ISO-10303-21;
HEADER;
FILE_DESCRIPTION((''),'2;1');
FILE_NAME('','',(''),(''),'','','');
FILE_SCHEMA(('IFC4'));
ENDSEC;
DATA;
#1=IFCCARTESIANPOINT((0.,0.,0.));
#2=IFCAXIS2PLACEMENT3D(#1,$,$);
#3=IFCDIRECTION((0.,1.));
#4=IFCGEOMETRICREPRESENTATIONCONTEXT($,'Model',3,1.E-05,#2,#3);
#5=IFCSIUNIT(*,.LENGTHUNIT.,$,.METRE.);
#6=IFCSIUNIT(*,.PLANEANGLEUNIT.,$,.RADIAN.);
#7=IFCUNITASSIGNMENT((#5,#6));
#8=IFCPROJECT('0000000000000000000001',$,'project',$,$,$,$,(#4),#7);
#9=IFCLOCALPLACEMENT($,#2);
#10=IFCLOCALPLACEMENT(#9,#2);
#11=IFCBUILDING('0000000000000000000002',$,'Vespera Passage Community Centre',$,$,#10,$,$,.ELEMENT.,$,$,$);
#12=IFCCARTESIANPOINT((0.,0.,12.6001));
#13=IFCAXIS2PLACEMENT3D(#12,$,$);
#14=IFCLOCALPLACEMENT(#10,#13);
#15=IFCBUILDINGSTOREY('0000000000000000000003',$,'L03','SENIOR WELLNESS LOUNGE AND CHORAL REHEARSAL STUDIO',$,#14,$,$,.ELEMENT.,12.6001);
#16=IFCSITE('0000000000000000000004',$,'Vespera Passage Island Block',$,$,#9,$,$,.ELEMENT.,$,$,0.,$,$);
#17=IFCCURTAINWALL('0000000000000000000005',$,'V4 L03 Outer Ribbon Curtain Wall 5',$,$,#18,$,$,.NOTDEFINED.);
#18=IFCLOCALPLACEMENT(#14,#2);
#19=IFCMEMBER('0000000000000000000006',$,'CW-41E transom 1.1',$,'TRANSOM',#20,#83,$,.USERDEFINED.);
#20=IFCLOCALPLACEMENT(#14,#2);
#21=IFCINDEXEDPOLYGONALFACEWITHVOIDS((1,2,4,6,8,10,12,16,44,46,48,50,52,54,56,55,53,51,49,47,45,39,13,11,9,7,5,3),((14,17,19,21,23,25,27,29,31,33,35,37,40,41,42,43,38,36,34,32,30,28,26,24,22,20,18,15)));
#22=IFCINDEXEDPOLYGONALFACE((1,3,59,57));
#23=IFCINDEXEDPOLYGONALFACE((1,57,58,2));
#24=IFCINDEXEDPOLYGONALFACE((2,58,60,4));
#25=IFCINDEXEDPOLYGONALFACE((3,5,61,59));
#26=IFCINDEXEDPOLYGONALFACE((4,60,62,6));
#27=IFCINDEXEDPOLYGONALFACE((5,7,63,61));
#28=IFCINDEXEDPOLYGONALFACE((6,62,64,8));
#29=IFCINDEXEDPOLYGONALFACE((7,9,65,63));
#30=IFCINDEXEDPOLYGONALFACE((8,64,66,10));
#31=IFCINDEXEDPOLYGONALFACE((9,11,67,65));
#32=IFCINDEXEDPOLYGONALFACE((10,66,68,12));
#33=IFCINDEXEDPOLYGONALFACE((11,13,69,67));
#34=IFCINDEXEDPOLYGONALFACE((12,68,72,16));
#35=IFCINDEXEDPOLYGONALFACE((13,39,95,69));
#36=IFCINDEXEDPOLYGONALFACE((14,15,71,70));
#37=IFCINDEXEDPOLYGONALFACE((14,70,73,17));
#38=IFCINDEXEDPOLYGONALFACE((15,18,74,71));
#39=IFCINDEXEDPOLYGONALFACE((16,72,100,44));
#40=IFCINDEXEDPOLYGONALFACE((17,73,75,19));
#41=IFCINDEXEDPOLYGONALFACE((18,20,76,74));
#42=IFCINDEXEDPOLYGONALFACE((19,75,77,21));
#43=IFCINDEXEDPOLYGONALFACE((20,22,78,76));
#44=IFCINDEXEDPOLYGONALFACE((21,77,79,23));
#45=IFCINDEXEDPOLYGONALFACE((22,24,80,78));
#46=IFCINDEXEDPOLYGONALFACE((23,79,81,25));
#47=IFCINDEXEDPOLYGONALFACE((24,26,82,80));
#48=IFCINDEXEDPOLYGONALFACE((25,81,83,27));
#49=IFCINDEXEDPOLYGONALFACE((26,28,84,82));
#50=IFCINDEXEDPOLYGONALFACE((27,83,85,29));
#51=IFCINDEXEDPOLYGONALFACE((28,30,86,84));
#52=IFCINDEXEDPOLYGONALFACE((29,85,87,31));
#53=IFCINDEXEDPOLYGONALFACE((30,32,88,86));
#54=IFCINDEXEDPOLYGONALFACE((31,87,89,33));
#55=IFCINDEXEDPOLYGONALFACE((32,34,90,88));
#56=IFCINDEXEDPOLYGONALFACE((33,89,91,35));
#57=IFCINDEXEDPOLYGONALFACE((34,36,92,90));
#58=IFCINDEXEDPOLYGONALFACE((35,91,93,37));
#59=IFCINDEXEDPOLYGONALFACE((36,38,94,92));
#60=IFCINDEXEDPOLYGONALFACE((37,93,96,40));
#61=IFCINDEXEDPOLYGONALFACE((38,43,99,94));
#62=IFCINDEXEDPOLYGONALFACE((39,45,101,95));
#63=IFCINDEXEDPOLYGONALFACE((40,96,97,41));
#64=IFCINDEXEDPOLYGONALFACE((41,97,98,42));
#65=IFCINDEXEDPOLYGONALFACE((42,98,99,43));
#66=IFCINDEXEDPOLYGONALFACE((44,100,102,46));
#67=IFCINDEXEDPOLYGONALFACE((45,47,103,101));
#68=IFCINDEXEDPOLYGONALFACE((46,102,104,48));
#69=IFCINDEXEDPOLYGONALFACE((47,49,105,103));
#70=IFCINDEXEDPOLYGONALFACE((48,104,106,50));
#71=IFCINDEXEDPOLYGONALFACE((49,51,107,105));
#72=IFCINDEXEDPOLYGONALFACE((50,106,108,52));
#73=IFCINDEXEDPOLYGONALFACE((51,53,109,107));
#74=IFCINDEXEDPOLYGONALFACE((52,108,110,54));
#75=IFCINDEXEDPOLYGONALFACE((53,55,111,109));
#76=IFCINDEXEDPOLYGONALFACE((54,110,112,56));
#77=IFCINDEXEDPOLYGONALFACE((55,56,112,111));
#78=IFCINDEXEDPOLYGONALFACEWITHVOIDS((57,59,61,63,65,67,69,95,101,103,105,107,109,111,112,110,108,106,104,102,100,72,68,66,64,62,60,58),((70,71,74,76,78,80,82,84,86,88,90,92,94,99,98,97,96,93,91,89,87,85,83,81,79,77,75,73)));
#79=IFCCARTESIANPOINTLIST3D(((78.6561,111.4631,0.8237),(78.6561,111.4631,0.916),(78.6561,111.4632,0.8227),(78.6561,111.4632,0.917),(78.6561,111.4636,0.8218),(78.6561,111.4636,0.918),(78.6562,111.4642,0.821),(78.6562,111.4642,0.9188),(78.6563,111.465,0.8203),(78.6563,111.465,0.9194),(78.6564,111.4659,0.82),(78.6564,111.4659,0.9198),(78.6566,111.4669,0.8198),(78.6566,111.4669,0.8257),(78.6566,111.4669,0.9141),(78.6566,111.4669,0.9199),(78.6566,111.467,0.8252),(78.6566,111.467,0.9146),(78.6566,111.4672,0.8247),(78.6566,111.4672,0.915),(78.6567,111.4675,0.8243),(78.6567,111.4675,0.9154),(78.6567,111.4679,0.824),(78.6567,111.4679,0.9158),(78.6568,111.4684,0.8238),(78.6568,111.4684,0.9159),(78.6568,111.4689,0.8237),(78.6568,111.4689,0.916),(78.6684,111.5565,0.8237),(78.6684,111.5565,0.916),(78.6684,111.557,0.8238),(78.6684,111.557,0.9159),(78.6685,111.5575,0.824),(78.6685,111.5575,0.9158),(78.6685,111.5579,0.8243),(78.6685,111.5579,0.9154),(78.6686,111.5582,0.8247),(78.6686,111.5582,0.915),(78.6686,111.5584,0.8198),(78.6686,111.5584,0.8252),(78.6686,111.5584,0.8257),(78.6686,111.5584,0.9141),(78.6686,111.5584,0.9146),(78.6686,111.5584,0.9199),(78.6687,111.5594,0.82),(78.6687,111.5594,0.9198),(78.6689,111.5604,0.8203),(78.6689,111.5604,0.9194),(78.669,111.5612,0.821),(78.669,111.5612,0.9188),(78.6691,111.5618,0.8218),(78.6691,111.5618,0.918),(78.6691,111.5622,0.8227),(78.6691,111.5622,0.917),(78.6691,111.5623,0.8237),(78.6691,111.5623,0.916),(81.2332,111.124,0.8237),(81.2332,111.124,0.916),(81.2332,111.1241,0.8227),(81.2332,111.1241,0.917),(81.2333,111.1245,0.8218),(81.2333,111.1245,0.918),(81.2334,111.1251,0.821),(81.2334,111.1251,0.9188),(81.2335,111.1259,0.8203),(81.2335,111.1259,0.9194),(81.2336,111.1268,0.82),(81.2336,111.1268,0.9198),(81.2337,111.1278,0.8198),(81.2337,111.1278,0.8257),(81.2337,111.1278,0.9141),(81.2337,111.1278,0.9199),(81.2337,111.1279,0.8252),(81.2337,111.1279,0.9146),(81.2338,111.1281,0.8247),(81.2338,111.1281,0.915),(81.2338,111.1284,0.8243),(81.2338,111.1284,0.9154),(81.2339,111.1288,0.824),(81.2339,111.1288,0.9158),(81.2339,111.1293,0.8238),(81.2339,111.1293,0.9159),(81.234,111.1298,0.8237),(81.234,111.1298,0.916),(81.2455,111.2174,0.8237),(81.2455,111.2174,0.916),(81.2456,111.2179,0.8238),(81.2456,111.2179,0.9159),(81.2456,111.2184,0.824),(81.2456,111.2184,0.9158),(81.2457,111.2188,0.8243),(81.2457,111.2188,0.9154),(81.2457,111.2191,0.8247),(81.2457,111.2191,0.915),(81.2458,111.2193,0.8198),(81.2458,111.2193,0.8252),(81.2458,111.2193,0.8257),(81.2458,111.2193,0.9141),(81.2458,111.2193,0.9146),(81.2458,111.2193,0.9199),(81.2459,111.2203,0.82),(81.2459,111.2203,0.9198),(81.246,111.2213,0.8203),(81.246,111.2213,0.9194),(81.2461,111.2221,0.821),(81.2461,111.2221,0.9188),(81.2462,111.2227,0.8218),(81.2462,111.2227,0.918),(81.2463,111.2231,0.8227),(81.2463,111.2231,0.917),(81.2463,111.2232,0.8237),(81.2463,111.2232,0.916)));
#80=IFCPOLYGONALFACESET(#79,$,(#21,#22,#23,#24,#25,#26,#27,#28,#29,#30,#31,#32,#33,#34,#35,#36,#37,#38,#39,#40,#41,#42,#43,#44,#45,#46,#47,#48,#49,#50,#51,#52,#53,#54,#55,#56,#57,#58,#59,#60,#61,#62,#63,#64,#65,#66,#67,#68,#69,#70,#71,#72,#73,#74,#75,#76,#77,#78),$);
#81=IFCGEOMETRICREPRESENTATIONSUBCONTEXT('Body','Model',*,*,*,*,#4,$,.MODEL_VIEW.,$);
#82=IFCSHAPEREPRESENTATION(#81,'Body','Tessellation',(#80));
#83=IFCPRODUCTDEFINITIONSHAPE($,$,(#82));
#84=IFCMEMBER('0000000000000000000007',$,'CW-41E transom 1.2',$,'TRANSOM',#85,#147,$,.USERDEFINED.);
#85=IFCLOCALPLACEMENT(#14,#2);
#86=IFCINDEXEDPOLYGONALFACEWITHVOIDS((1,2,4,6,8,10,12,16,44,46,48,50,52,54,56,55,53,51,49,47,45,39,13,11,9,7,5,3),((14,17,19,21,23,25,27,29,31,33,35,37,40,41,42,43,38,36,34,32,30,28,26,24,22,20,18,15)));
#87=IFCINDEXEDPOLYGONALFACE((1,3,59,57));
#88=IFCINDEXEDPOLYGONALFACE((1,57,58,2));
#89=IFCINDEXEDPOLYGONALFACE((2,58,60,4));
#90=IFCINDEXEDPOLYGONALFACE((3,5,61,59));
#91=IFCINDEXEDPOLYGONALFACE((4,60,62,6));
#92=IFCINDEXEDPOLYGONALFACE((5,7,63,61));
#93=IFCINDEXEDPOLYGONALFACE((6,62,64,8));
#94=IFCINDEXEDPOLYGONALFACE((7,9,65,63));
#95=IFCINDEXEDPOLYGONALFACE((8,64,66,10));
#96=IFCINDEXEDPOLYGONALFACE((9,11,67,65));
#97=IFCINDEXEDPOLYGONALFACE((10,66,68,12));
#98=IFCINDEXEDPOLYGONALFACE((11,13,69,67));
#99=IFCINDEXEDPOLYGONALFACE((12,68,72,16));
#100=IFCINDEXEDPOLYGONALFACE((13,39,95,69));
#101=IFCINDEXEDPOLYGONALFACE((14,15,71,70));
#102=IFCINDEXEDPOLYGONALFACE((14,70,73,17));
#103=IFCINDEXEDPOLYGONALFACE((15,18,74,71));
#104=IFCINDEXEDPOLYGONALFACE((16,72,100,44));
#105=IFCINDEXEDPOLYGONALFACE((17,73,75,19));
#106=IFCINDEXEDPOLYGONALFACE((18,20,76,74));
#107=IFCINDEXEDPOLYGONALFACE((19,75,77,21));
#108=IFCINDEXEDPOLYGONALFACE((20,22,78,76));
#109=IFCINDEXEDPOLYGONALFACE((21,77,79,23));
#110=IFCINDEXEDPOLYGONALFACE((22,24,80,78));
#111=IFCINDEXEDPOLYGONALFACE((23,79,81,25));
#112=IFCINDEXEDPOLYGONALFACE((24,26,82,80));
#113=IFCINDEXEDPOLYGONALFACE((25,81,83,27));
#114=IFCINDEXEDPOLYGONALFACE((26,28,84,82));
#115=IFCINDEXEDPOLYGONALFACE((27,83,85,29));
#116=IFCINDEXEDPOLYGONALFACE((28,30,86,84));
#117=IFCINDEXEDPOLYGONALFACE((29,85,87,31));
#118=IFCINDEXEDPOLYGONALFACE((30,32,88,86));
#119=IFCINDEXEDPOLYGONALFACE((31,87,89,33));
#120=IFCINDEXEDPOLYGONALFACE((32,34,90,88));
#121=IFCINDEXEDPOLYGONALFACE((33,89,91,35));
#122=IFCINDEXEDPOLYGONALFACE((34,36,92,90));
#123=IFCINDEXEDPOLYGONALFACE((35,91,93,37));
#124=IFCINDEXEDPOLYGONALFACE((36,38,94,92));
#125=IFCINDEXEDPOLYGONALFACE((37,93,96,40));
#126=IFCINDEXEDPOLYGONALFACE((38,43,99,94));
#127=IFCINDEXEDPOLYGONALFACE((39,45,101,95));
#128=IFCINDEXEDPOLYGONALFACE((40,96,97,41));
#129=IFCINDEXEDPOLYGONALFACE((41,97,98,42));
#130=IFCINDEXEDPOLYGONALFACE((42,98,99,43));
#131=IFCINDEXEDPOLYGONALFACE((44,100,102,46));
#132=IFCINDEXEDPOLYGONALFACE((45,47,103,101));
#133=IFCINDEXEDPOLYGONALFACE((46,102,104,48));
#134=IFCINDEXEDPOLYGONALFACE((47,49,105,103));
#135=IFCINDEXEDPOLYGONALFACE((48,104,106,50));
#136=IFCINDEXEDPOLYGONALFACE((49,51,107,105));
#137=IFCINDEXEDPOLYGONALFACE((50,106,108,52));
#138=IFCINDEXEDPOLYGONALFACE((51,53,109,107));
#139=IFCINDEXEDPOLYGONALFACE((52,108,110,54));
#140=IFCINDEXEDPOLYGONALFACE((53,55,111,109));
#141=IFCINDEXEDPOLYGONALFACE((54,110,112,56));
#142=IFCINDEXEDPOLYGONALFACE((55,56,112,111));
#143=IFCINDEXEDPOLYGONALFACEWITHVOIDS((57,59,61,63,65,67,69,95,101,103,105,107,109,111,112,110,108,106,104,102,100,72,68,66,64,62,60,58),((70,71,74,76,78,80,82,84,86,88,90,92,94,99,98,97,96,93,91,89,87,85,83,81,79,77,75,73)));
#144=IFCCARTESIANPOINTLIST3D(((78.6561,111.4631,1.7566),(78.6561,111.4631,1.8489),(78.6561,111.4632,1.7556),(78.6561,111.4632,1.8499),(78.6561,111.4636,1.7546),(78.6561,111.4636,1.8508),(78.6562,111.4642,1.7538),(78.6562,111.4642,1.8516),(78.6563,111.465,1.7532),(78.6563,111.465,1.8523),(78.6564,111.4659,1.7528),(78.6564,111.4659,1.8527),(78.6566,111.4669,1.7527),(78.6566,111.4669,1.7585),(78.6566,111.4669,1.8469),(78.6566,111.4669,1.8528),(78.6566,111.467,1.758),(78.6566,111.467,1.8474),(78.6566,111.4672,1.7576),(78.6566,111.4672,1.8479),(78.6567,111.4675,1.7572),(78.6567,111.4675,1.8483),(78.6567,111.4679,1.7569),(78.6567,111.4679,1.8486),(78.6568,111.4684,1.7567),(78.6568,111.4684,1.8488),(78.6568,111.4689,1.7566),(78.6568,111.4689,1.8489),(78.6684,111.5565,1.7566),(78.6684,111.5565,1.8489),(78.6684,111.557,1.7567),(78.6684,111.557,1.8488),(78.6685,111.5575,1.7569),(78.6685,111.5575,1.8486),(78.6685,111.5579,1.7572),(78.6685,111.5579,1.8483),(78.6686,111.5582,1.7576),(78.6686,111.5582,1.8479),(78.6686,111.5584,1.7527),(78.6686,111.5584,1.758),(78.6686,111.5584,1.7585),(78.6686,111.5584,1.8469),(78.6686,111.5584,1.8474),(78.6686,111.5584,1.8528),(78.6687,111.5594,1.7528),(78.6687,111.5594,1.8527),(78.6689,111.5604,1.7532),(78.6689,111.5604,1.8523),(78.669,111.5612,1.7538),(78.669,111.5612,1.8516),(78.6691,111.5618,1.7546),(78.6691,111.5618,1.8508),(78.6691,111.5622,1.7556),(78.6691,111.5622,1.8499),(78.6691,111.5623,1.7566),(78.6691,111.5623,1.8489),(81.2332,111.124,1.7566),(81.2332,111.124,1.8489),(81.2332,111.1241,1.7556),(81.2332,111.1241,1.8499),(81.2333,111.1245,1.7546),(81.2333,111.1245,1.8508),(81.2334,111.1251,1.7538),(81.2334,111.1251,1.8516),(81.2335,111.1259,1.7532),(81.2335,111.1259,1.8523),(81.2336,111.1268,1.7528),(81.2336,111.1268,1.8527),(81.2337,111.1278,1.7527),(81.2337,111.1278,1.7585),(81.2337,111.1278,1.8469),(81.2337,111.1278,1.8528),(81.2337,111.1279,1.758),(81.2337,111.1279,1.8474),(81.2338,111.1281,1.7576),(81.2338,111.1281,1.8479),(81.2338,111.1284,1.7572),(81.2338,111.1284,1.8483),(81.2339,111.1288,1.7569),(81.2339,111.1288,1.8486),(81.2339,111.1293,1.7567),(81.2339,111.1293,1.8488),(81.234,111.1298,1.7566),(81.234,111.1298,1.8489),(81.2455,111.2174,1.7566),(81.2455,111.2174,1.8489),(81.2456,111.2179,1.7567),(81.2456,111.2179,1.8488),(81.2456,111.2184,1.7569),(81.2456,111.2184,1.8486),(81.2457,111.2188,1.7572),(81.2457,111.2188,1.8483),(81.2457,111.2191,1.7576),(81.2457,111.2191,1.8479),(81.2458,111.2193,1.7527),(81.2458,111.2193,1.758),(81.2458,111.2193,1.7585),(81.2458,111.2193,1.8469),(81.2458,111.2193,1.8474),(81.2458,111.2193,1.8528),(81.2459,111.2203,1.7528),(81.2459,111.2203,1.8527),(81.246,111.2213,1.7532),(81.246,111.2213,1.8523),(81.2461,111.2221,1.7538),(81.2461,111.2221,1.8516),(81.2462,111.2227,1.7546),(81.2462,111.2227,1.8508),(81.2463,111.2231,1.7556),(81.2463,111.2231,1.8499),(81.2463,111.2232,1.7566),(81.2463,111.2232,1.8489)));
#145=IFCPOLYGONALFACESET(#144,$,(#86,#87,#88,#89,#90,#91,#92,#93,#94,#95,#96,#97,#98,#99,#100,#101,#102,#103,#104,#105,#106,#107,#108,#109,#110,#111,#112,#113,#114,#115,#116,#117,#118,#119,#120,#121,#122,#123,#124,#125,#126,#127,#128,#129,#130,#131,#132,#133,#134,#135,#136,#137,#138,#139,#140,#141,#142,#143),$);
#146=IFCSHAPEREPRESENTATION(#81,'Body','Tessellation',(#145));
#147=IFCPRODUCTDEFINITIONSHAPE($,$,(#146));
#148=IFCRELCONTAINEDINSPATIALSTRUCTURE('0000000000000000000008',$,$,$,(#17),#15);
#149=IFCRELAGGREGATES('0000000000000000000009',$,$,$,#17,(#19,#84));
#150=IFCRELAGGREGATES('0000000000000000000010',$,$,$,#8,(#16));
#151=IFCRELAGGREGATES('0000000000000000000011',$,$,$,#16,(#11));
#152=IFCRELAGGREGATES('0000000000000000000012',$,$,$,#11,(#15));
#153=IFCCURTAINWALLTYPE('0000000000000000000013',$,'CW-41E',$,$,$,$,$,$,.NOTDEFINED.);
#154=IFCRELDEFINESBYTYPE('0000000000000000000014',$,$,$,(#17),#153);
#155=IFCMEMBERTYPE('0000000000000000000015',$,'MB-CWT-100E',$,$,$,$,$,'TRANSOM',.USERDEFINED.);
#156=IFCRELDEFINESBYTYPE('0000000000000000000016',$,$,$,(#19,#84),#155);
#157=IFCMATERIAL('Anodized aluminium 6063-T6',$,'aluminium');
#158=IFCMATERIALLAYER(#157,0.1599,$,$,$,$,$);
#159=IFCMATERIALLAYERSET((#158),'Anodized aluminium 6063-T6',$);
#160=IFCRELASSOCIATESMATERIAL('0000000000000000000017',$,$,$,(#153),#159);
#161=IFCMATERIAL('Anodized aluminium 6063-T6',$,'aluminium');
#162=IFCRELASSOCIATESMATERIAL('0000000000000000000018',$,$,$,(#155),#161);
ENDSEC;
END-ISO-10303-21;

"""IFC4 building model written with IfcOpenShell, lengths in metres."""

from ifc_helpers import new_model, si_unit, direction, frame, origin, origin_2d, place, context, subcontext, project, spatial, hollow_rectangle, extrude, material, layer, layer_set, material_profile, profile_set, type_object, element, aggregate, save


model = new_model("IFC4")

# Units and contexts
model_context = context("Model", 3, precision=1e-05, world=origin(), true_north=direction((0.0, 1.0)))
body_context = subcontext(model_context, "Body", "Model", "MODEL_VIEW")
ifc_project = project(units=[si_unit("LENGTHUNIT", "METRE"), si_unit("PLANEANGLEUNIT", "RADIAN")], contexts=[model_context])

# Site, building, storey
site_placement = place(None, origin())
site = spatial("IfcSite", under=ifc_project, at=site_placement, Name="Vespera Passage Island Block", CompositionType="ELEMENT", RefElevation=0.0)
building_placement = place(site_placement, origin())
building = spatial("IfcBuilding", under=site, at=building_placement, Name="Vespera Passage Community Centre", CompositionType="ELEMENT")
storey_placement = place(building_placement, frame((0.0, 0.0, 12.6001)))
storey = spatial("IfcBuildingStorey", under=building, at=storey_placement, Name="L03", Description="SENIOR WELLNESS LOUNGE AND CHORAL REHEARSAL STUDIO", CompositionType="ELEMENT", Elevation=12.6001)

# Curtain wall, members
ifc_material_1 = material(Name="Anodized aluminium 6063-T6", Category="aluminium")
ifc_layer_1 = layer(ifc_material_1, 0.1599)
ifc_layer_set_1 = layer_set([ifc_layer_1], Name="Anodized aluminium 6063-T6")
curtain_wall_type = type_object("IfcCurtainWallType", Name="CW-41E", PredefinedType="NOTDEFINED", material=ifc_layer_set_1)
curtain_wall_placement = place(storey_placement, origin())
curtain_wall = element("IfcCurtainWall", 1, at=curtain_wall_placement, inside=storey, type_object=curtain_wall_type, Name="V4 L03 Outer Ribbon Curtain Wall 5", PredefinedType="NOTDEFINED")
ifc_material_2 = material(Name="Anodized aluminium 6063-T6", Category="aluminium")
ifc_material_profile_1 = material_profile(ifc_material_2, hollow_rectangle(XDim=0.1001, YDim=0.1001, WallThickness=0.0039, InnerFilletRadius=0.002, OuterFilletRadius=0.0039, at=origin_2d()), Name="ALU100X100X4")
ifc_profile_set_1 = profile_set([ifc_material_profile_1], Name="Anodized aluminium 6063-T6")
member_type_1 = type_object("IfcMemberType", Name="MB-CWT-100E", ElementType="TRANSOM", PredefinedType="USERDEFINED", material=ifc_profile_set_1)
member_1_placement = place(storey_placement, frame((78.6626, 111.5127, 0.8699), z_axis=(0.991454, -0.130459, 0.0), x_axis=(0.130459, 0.991454, 0.0)))
member_1 = element("IfcMember", 2, at=member_1_placement, type_object=member_type_1, Name="CW-41E transom 1.1", ObjectType="TRANSOM", PredefinedType="USERDEFINED", context=body_context, shape_type="SweptSolid", body=[
    extrude(hollow_rectangle(XDim=0.1001, YDim=0.1001, WallThickness=0.0039, InnerFilletRadius=0.002, OuterFilletRadius=0.0039, at=origin_2d()), origin(), (0.0, 0.0, 1.0), 2.5994),
])
member_2_placement = place(storey_placement, frame((78.6626, 111.5127, 1.8027), z_axis=(0.991454, -0.130459, 0.0), x_axis=(0.130459, 0.991454, 0.0)))
member_2 = element("IfcMember", 3, at=member_2_placement, type_object=member_type_1, Name="CW-41E transom 1.2", ObjectType="TRANSOM", PredefinedType="USERDEFINED", context=body_context, shape_type="SweptSolid", body=[
    extrude(hollow_rectangle(XDim=0.1001, YDim=0.1001, WallThickness=0.0039, InnerFilletRadius=0.002, OuterFilletRadius=0.0039, at=origin_2d()), origin(), (0.0, 0.0, 1.0), 2.5994),
])
aggregate(curtain_wall, [member_1, member_2])

save(model, "model.ifc")
